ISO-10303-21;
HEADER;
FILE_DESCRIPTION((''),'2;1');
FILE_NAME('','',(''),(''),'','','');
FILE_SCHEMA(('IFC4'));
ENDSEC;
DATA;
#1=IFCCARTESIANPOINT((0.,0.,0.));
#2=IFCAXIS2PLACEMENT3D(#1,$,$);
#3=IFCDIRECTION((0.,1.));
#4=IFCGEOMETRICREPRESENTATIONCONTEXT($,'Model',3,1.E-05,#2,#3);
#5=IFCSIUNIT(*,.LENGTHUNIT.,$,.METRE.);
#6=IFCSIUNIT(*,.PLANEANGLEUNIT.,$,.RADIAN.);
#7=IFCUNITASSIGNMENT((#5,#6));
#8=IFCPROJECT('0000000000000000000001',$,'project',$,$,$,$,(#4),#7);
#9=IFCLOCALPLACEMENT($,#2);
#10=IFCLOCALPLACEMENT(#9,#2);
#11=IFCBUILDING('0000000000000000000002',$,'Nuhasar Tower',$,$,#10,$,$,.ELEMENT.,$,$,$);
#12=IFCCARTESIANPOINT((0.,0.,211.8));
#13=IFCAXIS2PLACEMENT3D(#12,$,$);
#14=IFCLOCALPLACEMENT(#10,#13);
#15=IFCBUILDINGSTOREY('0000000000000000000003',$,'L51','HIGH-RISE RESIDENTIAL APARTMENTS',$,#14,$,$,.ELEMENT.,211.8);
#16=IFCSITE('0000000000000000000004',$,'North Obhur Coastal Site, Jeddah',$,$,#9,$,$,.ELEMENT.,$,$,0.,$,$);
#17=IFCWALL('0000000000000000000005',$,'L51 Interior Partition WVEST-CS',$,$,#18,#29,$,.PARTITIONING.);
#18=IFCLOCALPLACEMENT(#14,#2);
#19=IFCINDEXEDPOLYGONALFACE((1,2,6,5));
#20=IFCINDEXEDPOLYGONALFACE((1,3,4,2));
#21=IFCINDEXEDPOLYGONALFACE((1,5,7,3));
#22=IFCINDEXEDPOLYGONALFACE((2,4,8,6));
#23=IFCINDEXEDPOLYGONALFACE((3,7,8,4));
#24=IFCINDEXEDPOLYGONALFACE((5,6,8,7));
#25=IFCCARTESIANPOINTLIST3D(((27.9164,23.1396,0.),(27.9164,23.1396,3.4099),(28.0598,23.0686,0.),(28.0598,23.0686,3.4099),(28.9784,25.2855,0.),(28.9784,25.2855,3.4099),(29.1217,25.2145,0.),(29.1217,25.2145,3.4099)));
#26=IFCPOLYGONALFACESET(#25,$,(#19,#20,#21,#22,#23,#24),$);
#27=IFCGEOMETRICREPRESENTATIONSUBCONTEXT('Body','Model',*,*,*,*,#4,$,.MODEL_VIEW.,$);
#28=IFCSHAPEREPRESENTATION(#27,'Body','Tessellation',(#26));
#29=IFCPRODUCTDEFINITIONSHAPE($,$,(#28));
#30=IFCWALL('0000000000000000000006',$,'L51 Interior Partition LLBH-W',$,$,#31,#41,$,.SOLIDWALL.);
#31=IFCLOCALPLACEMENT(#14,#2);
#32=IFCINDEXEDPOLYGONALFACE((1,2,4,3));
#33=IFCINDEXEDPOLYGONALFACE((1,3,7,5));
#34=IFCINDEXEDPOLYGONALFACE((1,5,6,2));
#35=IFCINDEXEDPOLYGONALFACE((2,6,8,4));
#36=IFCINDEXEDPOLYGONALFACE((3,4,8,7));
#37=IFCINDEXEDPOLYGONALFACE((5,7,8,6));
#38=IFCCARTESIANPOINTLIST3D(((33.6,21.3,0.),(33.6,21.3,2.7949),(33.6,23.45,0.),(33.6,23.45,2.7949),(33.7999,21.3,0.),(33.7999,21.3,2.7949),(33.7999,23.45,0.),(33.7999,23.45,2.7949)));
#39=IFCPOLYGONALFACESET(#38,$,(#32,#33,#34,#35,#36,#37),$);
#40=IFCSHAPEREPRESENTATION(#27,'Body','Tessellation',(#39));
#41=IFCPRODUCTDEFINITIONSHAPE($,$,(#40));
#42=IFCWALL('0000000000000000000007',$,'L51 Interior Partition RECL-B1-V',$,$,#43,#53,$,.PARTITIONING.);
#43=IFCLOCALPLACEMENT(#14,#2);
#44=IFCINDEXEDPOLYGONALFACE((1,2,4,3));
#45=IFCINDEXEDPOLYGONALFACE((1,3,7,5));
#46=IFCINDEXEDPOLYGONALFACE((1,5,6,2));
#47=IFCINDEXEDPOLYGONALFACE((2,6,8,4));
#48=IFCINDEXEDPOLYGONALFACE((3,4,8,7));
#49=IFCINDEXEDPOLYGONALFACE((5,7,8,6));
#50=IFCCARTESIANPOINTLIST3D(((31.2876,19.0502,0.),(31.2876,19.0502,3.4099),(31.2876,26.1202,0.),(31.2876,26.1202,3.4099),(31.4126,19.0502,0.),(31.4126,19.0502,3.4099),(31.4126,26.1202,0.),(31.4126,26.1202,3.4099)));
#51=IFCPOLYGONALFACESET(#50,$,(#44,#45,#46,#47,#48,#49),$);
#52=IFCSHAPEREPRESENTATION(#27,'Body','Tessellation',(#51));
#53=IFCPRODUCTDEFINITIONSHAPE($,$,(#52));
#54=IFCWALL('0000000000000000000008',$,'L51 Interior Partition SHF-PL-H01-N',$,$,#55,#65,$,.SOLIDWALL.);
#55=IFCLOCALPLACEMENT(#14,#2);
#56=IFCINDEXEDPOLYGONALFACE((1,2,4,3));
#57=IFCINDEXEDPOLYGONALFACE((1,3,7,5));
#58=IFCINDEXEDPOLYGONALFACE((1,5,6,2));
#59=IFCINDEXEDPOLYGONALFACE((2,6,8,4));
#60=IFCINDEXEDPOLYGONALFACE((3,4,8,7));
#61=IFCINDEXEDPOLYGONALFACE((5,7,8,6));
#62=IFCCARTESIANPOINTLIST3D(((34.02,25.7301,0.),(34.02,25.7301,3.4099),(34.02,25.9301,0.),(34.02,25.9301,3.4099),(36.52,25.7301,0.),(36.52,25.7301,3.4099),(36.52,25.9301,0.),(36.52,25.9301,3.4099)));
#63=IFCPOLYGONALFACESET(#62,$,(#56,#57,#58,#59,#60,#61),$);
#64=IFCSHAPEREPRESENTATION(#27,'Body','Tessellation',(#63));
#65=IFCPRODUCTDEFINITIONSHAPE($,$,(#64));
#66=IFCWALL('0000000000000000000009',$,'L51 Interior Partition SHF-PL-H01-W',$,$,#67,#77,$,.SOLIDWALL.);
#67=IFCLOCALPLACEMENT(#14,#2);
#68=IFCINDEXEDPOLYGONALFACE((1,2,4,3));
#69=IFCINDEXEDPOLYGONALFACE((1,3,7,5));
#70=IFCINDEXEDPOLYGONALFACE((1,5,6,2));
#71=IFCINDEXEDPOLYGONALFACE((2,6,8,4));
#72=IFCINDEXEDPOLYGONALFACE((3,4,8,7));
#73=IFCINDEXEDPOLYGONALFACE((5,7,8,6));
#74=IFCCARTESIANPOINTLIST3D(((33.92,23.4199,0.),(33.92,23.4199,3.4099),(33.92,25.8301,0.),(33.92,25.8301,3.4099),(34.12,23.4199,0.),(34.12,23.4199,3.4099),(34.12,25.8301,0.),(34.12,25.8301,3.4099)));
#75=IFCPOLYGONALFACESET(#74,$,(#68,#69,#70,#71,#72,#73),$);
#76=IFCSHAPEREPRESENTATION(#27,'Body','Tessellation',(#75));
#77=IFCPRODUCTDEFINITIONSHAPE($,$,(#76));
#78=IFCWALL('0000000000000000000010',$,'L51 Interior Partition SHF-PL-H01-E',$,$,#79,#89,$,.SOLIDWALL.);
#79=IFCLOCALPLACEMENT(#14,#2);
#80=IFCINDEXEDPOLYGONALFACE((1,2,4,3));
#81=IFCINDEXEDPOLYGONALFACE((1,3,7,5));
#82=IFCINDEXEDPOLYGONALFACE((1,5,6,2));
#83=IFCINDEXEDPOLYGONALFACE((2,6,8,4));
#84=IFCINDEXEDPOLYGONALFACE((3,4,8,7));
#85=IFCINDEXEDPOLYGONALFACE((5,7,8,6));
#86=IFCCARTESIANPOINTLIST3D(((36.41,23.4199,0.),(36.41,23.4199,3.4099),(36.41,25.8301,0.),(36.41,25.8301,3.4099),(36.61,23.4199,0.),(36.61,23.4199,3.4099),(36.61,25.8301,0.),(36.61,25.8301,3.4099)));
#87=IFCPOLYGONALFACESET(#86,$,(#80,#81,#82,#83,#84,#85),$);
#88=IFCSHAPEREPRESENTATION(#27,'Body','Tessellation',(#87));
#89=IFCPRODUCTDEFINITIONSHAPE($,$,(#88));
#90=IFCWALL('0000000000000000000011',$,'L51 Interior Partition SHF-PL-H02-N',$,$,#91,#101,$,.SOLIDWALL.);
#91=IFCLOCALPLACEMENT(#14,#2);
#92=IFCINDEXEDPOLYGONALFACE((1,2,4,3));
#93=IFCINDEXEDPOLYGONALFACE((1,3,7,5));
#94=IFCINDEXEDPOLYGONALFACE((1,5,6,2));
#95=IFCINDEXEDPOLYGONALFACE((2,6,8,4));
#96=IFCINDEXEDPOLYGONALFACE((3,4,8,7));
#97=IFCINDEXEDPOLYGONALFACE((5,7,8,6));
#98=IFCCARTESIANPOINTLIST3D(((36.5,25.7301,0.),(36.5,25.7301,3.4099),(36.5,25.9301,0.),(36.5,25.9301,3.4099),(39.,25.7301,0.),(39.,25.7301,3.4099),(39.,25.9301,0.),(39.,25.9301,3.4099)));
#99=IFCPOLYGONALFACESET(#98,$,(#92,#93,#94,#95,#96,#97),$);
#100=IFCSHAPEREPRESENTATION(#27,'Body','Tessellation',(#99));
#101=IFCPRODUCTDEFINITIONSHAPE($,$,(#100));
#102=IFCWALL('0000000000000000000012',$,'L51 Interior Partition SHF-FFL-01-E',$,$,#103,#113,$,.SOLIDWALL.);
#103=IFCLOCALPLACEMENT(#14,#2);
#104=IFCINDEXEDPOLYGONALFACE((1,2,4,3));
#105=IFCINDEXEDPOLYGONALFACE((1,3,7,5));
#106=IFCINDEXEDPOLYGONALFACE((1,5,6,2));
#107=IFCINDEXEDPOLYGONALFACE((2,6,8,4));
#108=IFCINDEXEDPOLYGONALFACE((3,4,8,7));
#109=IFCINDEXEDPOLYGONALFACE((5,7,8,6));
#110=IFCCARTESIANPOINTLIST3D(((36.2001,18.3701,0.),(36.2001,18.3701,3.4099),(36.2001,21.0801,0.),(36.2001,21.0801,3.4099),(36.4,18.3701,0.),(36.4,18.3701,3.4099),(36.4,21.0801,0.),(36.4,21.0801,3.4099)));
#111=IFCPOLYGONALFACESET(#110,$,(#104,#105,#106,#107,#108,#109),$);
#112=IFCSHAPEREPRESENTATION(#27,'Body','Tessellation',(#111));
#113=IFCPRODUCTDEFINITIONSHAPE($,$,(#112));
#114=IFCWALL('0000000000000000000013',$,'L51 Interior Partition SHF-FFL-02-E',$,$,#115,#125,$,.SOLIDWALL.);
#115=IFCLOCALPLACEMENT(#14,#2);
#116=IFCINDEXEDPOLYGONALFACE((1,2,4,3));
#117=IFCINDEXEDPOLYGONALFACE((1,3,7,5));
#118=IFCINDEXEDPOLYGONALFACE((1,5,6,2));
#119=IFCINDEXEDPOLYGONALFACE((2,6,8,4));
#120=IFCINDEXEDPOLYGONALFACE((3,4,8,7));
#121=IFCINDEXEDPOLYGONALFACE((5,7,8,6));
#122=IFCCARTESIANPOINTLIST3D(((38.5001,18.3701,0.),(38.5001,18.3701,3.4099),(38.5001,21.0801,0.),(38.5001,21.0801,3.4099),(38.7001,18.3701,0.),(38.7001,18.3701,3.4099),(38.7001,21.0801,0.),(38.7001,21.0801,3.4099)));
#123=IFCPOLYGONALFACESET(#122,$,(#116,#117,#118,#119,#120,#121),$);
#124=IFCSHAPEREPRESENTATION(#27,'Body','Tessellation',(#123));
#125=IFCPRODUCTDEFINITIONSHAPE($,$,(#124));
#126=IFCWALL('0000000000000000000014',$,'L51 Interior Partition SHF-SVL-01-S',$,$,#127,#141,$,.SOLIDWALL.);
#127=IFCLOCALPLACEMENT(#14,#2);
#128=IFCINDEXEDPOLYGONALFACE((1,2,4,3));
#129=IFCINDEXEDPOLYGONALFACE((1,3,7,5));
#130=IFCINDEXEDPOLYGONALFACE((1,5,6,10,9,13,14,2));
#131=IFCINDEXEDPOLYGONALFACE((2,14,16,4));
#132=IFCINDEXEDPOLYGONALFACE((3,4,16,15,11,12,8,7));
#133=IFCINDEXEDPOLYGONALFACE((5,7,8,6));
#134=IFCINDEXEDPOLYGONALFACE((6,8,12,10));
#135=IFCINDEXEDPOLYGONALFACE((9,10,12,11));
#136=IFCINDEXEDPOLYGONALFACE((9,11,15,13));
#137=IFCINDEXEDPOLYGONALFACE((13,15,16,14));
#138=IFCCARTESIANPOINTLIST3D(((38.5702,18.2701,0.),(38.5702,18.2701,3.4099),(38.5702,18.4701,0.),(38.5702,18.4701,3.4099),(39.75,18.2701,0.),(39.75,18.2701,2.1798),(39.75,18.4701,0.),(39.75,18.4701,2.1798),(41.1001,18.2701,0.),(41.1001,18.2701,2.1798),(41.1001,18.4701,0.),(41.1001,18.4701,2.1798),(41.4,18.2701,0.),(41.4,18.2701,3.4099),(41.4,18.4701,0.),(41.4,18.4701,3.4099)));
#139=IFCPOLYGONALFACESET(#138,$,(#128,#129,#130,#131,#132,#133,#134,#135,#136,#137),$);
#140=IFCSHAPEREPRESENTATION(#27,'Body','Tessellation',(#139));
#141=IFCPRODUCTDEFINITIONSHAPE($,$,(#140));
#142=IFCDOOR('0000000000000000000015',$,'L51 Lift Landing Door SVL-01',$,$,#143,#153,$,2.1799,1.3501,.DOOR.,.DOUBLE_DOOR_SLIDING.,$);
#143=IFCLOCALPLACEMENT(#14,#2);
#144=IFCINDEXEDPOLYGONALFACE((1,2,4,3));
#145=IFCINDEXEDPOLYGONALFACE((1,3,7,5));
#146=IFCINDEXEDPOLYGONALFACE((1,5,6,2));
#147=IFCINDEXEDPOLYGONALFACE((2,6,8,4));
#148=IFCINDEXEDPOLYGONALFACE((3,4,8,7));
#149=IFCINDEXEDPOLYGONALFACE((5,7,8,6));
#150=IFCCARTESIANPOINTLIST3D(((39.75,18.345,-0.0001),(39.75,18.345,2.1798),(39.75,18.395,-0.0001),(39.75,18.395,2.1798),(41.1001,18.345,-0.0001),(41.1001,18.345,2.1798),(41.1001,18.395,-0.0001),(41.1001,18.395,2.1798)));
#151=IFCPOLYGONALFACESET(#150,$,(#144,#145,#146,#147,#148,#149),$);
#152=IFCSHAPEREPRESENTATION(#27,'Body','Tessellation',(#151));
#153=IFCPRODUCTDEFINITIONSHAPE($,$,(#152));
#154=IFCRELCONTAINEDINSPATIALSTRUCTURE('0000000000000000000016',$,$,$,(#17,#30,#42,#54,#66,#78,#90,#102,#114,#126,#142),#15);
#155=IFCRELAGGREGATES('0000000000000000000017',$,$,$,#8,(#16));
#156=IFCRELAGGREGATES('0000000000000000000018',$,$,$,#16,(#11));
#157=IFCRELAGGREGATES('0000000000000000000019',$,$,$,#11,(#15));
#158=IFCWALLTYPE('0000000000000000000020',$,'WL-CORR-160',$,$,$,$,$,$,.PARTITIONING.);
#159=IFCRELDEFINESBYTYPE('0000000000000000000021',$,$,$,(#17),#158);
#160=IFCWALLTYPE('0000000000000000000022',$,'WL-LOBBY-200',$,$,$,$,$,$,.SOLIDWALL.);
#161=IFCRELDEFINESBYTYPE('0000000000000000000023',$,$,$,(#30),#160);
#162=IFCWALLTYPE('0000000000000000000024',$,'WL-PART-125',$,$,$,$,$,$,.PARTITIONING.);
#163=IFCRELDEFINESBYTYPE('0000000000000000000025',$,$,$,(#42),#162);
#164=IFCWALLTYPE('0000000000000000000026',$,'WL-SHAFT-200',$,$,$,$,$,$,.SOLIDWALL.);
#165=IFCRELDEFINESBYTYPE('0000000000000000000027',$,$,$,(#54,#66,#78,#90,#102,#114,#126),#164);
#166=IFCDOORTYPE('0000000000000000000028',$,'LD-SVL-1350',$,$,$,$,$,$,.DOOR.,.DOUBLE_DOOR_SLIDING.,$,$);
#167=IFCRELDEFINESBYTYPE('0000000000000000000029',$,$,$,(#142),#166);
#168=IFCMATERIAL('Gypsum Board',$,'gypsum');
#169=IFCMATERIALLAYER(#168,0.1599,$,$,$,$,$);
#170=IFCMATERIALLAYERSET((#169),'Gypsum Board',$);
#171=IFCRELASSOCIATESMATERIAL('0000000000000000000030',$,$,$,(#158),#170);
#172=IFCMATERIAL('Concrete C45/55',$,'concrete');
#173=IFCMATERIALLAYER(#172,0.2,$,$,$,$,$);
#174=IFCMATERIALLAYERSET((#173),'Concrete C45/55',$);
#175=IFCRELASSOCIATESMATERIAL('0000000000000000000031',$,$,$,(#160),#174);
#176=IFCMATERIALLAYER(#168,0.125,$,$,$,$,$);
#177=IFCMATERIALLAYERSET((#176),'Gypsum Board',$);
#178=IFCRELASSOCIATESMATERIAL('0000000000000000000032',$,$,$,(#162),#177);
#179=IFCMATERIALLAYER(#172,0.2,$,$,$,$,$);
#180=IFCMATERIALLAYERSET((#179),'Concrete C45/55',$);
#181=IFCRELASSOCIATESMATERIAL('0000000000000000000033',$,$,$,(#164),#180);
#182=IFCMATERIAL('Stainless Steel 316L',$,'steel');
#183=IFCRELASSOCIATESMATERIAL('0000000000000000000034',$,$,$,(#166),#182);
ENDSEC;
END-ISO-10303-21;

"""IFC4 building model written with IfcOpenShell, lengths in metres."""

from ifc_helpers import new_model, si_unit, direction, frame, frame_2d, origin, place, context, subcontext, project, spatial, rectangle, extrude, material, layer, layer_set, type_object, element, fill, save


model = new_model("IFC4")

# Units and contexts
model_context = context("Model", 3, precision=1e-05, world=origin(), true_north=direction((0.0, 1.0)))
body_context = subcontext(model_context, "Body", "Model", "MODEL_VIEW")
ifc_project = project(units=[si_unit("LENGTHUNIT", "METRE"), si_unit("PLANEANGLEUNIT", "RADIAN")], contexts=[model_context])

# Site, building, storey
site_placement = place(None, origin())
site = spatial("IfcSite", under=ifc_project, at=site_placement, Name="North Obhur Coastal Site, Jeddah", CompositionType="ELEMENT", RefElevation=0.0)
building_placement = place(site_placement, origin())
building = spatial("IfcBuilding", under=site, at=building_placement, Name="Nuhasar Tower", CompositionType="ELEMENT")
storey_placement = place(building_placement, frame((0.0, 0.0, 211.8)))
storey = spatial("IfcBuildingStorey", under=building, at=storey_placement, Name="L51", Description="HIGH-RISE RESIDENTIAL APARTMENTS", CompositionType="ELEMENT", Elevation=211.8)

# Shared definitions
ifc_material_1 = material(Name="Gypsum Board", Category="gypsum")
ifc_layer_1 = layer(ifc_material_1, 0.1599)
ifc_layer_set_1 = layer_set([ifc_layer_1], Name="Gypsum Board")
wall_type_1 = type_object("IfcWallType", Name="WL-CORR-160", PredefinedType="PARTITIONING", material=ifc_layer_set_1)

# Walls
wall_1_placement = place(storey_placement, frame((27.988, 23.104, 0.0), z_axis=(0.0, 0.0, 1.0), x_axis=(0.443539, 0.896255, 0.0)))
element("IfcWall", 1, at=wall_1_placement, inside=storey, type_object=wall_type_1, Name="L51 Interior Partition WVEST-CS", PredefinedType="PARTITIONING", context=body_context, shape_type="SweptSolid", body=[
    extrude(rectangle(XDim=2.3943, YDim=0.1599, at=frame_2d((1.1973, 0.0))), origin(), (0.0, 0.0, 1.0), 3.4099),
])
ifc_material_2 = material(Name="Concrete C45/55", Category="concrete")
ifc_layer_2 = layer(ifc_material_2, 0.2)
ifc_layer_set_2 = layer_set([ifc_layer_2], Name="Concrete C45/55")
wall_type_2 = type_object("IfcWallType", Name="WL-LOBBY-200", PredefinedType="SOLIDWALL", material=ifc_layer_set_2)
wall_2_placement = place(storey_placement, frame((33.7, 21.3, 0.0), z_axis=(0.0, 0.0, 1.0), x_axis=(0.0, 1.0, 0.0)))
element("IfcWall", 2, at=wall_2_placement, inside=storey, type_object=wall_type_2, Name="L51 Interior Partition LLBH-W", PredefinedType="SOLIDWALL", context=body_context, shape_type="SweptSolid", body=[
    extrude(rectangle(XDim=2.1499, YDim=0.2, at=frame_2d((1.075, 0.0))), origin(), (0.0, 0.0, 1.0), 2.7949),
])
ifc_layer_3 = layer(ifc_material_1, 0.125)
ifc_layer_set_3 = layer_set([ifc_layer_3], Name="Gypsum Board")
wall_type_3 = type_object("IfcWallType", Name="WL-PART-125", PredefinedType="PARTITIONING", material=ifc_layer_set_3)
wall_3_placement = place(storey_placement, frame((31.3501, 19.05, 0.0), z_axis=(0.0, 0.0, 1.0), x_axis=(0.0, 1.0, 0.0)))
element("IfcWall", 3, at=wall_3_placement, inside=storey, type_object=wall_type_3, Name="L51 Interior Partition RECL-B1-V", PredefinedType="PARTITIONING", context=body_context, shape_type="SweptSolid", body=[
    extrude(rectangle(XDim=7.0701, YDim=0.125, at=frame_2d((3.5352, 0.0))), origin(), (0.0, 0.0, 1.0), 3.4099),
])

# Shared definitions
ifc_layer_4 = layer(ifc_material_2, 0.2)
ifc_layer_set_4 = layer_set([ifc_layer_4], Name="Concrete C45/55")
wall_type_4 = type_object("IfcWallType", Name="WL-SHAFT-200", PredefinedType="SOLIDWALL", material=ifc_layer_set_4)
ifc_material_3 = material(Name="Stainless Steel 316L", Category="steel")

# Walls
wall_4_placement = place(storey_placement, frame((34.02, 25.8301, 0.0), z_axis=(0.0, 0.0, 1.0), x_axis=(1.0, 0.0, 0.0)))
element("IfcWall", 4, at=wall_4_placement, inside=storey, type_object=wall_type_4, Name="L51 Interior Partition SHF-PL-H01-N", PredefinedType="SOLIDWALL", context=body_context, shape_type="SweptSolid", body=[
    extrude(rectangle(XDim=2.5, YDim=0.2, at=frame_2d((1.25, 0.0))), origin(), (0.0, 0.0, 1.0), 3.4099),
])
for number, where, z_axis, x_axis, name in (
    (5, (34.02, 23.4199, 0.0), (0.0, 0.0, 1.0), (0.0, 1.0, 0.0), "L51 Interior Partition SHF-PL-H01-W"),
    (6, (36.51, 23.4199, 0.0), (0.0, 0.0, 1.0), (0.0, 1.0, 0.0), "L51 Interior Partition SHF-PL-H01-E"),
):
    element("IfcWall", number, at=place(storey_placement, frame(where, z_axis=z_axis, x_axis=x_axis)), inside=storey, type_object=wall_type_4, Name=name, PredefinedType="SOLIDWALL", context=body_context, shape_type="SweptSolid", body=[
        extrude(rectangle(XDim=2.4102, YDim=0.2, at=frame_2d((1.2051, 0.0))), origin(), (0.0, 0.0, 1.0), 3.4099),
    ])

# Walls
wall_5_placement = place(storey_placement, frame((36.5, 25.8301, 0.0), z_axis=(0.0, 0.0, 1.0), x_axis=(1.0, 0.0, 0.0)))
element("IfcWall", 7, at=wall_5_placement, inside=storey, type_object=wall_type_4, Name="L51 Interior Partition SHF-PL-H02-N", PredefinedType="SOLIDWALL", context=body_context, shape_type="SweptSolid", body=[
    extrude(rectangle(XDim=2.5, YDim=0.2, at=frame_2d((1.25, 0.0))), origin(), (0.0, 0.0, 1.0), 3.4099),
])
for number, where, z_axis, x_axis, name in (
    (8, (36.3, 18.3701, 0.0), (0.0, 0.0, 1.0), (0.0, 1.0, 0.0), "L51 Interior Partition SHF-FFL-01-E"),
    (9, (38.6001, 18.3701, 0.0), (0.0, 0.0, 1.0), (0.0, 1.0, 0.0), "L51 Interior Partition SHF-FFL-02-E"),
):
    element("IfcWall", number, at=place(storey_placement, frame(where, z_axis=z_axis, x_axis=x_axis)), inside=storey, type_object=wall_type_4, Name=name, PredefinedType="SOLIDWALL", context=body_context, shape_type="SweptSolid", body=[
        extrude(rectangle(XDim=2.71, YDim=0.2, at=frame_2d((1.355, 0.0))), origin(), (0.0, 0.0, 1.0), 3.4099),
    ])

# Wall, opening, door
wall_6_placement = place(storey_placement, frame((38.5701, 18.3701, 0.0), z_axis=(0.0, 0.0, 1.0), x_axis=(1.0, 0.0, 0.0)))
wall_6 = element("IfcWall", 10, at=wall_6_placement, inside=storey, type_object=wall_type_4, Name="L51 Interior Partition SHF-SVL-01-S", PredefinedType="SOLIDWALL", context=body_context, shape_type="SweptSolid", body=[
    extrude(rectangle(XDim=2.8298, YDim=0.2, at=frame_2d((1.415, 0.0))), origin(), (0.0, 0.0, 1.0), 3.4099),
])
opening_1_placement = place(wall_6_placement, frame((1.1799, 0.0, 0.0)))
opening_1 = element("IfcOpeningElement", 11, at=opening_1_placement, cuts=wall_6, PredefinedType="OPENING", context=body_context, shape_type="SweptSolid", body=[
    extrude(rectangle(XDim=1.3501, YDim=2.1799, at=frame_2d((0.675, 1.0898))), frame((0.0, 0.1099, 0.0), z_axis=(0.0, -1.0, 0.0), x_axis=(1.0, 0.0, 0.0)), (0.0, 0.0, 1.0), 0.22),
])
door_type_1 = type_object("IfcDoorType", Name="LD-SVL-1350", OperationType="DOUBLE_DOOR_SLIDING", PredefinedType="DOOR", material=ifc_material_3)
door_1_placement = place(opening_1_placement, origin())
door_1 = element("IfcDoor", 12, at=door_1_placement, inside=storey, type_object=door_type_1, Name="L51 Lift Landing Door SVL-01", OperationType="DOUBLE_DOOR_SLIDING", OverallHeight=2.1799, OverallWidth=1.3501, PredefinedType="DOOR", context=body_context, shape_type="SweptSolid", body=[
    extrude(rectangle(XDim=1.3501, YDim=2.1799, at=frame_2d((0.675, 1.0898))), frame((0.0, 0.0249, 0.0), z_axis=(0.0, -1.0, 0.0), x_axis=(1.0, 0.0, 0.0)), (0.0, 0.0, 1.0), 0.05),
])
fill(opening_1, door_1)

save(model, "model.ifc")
